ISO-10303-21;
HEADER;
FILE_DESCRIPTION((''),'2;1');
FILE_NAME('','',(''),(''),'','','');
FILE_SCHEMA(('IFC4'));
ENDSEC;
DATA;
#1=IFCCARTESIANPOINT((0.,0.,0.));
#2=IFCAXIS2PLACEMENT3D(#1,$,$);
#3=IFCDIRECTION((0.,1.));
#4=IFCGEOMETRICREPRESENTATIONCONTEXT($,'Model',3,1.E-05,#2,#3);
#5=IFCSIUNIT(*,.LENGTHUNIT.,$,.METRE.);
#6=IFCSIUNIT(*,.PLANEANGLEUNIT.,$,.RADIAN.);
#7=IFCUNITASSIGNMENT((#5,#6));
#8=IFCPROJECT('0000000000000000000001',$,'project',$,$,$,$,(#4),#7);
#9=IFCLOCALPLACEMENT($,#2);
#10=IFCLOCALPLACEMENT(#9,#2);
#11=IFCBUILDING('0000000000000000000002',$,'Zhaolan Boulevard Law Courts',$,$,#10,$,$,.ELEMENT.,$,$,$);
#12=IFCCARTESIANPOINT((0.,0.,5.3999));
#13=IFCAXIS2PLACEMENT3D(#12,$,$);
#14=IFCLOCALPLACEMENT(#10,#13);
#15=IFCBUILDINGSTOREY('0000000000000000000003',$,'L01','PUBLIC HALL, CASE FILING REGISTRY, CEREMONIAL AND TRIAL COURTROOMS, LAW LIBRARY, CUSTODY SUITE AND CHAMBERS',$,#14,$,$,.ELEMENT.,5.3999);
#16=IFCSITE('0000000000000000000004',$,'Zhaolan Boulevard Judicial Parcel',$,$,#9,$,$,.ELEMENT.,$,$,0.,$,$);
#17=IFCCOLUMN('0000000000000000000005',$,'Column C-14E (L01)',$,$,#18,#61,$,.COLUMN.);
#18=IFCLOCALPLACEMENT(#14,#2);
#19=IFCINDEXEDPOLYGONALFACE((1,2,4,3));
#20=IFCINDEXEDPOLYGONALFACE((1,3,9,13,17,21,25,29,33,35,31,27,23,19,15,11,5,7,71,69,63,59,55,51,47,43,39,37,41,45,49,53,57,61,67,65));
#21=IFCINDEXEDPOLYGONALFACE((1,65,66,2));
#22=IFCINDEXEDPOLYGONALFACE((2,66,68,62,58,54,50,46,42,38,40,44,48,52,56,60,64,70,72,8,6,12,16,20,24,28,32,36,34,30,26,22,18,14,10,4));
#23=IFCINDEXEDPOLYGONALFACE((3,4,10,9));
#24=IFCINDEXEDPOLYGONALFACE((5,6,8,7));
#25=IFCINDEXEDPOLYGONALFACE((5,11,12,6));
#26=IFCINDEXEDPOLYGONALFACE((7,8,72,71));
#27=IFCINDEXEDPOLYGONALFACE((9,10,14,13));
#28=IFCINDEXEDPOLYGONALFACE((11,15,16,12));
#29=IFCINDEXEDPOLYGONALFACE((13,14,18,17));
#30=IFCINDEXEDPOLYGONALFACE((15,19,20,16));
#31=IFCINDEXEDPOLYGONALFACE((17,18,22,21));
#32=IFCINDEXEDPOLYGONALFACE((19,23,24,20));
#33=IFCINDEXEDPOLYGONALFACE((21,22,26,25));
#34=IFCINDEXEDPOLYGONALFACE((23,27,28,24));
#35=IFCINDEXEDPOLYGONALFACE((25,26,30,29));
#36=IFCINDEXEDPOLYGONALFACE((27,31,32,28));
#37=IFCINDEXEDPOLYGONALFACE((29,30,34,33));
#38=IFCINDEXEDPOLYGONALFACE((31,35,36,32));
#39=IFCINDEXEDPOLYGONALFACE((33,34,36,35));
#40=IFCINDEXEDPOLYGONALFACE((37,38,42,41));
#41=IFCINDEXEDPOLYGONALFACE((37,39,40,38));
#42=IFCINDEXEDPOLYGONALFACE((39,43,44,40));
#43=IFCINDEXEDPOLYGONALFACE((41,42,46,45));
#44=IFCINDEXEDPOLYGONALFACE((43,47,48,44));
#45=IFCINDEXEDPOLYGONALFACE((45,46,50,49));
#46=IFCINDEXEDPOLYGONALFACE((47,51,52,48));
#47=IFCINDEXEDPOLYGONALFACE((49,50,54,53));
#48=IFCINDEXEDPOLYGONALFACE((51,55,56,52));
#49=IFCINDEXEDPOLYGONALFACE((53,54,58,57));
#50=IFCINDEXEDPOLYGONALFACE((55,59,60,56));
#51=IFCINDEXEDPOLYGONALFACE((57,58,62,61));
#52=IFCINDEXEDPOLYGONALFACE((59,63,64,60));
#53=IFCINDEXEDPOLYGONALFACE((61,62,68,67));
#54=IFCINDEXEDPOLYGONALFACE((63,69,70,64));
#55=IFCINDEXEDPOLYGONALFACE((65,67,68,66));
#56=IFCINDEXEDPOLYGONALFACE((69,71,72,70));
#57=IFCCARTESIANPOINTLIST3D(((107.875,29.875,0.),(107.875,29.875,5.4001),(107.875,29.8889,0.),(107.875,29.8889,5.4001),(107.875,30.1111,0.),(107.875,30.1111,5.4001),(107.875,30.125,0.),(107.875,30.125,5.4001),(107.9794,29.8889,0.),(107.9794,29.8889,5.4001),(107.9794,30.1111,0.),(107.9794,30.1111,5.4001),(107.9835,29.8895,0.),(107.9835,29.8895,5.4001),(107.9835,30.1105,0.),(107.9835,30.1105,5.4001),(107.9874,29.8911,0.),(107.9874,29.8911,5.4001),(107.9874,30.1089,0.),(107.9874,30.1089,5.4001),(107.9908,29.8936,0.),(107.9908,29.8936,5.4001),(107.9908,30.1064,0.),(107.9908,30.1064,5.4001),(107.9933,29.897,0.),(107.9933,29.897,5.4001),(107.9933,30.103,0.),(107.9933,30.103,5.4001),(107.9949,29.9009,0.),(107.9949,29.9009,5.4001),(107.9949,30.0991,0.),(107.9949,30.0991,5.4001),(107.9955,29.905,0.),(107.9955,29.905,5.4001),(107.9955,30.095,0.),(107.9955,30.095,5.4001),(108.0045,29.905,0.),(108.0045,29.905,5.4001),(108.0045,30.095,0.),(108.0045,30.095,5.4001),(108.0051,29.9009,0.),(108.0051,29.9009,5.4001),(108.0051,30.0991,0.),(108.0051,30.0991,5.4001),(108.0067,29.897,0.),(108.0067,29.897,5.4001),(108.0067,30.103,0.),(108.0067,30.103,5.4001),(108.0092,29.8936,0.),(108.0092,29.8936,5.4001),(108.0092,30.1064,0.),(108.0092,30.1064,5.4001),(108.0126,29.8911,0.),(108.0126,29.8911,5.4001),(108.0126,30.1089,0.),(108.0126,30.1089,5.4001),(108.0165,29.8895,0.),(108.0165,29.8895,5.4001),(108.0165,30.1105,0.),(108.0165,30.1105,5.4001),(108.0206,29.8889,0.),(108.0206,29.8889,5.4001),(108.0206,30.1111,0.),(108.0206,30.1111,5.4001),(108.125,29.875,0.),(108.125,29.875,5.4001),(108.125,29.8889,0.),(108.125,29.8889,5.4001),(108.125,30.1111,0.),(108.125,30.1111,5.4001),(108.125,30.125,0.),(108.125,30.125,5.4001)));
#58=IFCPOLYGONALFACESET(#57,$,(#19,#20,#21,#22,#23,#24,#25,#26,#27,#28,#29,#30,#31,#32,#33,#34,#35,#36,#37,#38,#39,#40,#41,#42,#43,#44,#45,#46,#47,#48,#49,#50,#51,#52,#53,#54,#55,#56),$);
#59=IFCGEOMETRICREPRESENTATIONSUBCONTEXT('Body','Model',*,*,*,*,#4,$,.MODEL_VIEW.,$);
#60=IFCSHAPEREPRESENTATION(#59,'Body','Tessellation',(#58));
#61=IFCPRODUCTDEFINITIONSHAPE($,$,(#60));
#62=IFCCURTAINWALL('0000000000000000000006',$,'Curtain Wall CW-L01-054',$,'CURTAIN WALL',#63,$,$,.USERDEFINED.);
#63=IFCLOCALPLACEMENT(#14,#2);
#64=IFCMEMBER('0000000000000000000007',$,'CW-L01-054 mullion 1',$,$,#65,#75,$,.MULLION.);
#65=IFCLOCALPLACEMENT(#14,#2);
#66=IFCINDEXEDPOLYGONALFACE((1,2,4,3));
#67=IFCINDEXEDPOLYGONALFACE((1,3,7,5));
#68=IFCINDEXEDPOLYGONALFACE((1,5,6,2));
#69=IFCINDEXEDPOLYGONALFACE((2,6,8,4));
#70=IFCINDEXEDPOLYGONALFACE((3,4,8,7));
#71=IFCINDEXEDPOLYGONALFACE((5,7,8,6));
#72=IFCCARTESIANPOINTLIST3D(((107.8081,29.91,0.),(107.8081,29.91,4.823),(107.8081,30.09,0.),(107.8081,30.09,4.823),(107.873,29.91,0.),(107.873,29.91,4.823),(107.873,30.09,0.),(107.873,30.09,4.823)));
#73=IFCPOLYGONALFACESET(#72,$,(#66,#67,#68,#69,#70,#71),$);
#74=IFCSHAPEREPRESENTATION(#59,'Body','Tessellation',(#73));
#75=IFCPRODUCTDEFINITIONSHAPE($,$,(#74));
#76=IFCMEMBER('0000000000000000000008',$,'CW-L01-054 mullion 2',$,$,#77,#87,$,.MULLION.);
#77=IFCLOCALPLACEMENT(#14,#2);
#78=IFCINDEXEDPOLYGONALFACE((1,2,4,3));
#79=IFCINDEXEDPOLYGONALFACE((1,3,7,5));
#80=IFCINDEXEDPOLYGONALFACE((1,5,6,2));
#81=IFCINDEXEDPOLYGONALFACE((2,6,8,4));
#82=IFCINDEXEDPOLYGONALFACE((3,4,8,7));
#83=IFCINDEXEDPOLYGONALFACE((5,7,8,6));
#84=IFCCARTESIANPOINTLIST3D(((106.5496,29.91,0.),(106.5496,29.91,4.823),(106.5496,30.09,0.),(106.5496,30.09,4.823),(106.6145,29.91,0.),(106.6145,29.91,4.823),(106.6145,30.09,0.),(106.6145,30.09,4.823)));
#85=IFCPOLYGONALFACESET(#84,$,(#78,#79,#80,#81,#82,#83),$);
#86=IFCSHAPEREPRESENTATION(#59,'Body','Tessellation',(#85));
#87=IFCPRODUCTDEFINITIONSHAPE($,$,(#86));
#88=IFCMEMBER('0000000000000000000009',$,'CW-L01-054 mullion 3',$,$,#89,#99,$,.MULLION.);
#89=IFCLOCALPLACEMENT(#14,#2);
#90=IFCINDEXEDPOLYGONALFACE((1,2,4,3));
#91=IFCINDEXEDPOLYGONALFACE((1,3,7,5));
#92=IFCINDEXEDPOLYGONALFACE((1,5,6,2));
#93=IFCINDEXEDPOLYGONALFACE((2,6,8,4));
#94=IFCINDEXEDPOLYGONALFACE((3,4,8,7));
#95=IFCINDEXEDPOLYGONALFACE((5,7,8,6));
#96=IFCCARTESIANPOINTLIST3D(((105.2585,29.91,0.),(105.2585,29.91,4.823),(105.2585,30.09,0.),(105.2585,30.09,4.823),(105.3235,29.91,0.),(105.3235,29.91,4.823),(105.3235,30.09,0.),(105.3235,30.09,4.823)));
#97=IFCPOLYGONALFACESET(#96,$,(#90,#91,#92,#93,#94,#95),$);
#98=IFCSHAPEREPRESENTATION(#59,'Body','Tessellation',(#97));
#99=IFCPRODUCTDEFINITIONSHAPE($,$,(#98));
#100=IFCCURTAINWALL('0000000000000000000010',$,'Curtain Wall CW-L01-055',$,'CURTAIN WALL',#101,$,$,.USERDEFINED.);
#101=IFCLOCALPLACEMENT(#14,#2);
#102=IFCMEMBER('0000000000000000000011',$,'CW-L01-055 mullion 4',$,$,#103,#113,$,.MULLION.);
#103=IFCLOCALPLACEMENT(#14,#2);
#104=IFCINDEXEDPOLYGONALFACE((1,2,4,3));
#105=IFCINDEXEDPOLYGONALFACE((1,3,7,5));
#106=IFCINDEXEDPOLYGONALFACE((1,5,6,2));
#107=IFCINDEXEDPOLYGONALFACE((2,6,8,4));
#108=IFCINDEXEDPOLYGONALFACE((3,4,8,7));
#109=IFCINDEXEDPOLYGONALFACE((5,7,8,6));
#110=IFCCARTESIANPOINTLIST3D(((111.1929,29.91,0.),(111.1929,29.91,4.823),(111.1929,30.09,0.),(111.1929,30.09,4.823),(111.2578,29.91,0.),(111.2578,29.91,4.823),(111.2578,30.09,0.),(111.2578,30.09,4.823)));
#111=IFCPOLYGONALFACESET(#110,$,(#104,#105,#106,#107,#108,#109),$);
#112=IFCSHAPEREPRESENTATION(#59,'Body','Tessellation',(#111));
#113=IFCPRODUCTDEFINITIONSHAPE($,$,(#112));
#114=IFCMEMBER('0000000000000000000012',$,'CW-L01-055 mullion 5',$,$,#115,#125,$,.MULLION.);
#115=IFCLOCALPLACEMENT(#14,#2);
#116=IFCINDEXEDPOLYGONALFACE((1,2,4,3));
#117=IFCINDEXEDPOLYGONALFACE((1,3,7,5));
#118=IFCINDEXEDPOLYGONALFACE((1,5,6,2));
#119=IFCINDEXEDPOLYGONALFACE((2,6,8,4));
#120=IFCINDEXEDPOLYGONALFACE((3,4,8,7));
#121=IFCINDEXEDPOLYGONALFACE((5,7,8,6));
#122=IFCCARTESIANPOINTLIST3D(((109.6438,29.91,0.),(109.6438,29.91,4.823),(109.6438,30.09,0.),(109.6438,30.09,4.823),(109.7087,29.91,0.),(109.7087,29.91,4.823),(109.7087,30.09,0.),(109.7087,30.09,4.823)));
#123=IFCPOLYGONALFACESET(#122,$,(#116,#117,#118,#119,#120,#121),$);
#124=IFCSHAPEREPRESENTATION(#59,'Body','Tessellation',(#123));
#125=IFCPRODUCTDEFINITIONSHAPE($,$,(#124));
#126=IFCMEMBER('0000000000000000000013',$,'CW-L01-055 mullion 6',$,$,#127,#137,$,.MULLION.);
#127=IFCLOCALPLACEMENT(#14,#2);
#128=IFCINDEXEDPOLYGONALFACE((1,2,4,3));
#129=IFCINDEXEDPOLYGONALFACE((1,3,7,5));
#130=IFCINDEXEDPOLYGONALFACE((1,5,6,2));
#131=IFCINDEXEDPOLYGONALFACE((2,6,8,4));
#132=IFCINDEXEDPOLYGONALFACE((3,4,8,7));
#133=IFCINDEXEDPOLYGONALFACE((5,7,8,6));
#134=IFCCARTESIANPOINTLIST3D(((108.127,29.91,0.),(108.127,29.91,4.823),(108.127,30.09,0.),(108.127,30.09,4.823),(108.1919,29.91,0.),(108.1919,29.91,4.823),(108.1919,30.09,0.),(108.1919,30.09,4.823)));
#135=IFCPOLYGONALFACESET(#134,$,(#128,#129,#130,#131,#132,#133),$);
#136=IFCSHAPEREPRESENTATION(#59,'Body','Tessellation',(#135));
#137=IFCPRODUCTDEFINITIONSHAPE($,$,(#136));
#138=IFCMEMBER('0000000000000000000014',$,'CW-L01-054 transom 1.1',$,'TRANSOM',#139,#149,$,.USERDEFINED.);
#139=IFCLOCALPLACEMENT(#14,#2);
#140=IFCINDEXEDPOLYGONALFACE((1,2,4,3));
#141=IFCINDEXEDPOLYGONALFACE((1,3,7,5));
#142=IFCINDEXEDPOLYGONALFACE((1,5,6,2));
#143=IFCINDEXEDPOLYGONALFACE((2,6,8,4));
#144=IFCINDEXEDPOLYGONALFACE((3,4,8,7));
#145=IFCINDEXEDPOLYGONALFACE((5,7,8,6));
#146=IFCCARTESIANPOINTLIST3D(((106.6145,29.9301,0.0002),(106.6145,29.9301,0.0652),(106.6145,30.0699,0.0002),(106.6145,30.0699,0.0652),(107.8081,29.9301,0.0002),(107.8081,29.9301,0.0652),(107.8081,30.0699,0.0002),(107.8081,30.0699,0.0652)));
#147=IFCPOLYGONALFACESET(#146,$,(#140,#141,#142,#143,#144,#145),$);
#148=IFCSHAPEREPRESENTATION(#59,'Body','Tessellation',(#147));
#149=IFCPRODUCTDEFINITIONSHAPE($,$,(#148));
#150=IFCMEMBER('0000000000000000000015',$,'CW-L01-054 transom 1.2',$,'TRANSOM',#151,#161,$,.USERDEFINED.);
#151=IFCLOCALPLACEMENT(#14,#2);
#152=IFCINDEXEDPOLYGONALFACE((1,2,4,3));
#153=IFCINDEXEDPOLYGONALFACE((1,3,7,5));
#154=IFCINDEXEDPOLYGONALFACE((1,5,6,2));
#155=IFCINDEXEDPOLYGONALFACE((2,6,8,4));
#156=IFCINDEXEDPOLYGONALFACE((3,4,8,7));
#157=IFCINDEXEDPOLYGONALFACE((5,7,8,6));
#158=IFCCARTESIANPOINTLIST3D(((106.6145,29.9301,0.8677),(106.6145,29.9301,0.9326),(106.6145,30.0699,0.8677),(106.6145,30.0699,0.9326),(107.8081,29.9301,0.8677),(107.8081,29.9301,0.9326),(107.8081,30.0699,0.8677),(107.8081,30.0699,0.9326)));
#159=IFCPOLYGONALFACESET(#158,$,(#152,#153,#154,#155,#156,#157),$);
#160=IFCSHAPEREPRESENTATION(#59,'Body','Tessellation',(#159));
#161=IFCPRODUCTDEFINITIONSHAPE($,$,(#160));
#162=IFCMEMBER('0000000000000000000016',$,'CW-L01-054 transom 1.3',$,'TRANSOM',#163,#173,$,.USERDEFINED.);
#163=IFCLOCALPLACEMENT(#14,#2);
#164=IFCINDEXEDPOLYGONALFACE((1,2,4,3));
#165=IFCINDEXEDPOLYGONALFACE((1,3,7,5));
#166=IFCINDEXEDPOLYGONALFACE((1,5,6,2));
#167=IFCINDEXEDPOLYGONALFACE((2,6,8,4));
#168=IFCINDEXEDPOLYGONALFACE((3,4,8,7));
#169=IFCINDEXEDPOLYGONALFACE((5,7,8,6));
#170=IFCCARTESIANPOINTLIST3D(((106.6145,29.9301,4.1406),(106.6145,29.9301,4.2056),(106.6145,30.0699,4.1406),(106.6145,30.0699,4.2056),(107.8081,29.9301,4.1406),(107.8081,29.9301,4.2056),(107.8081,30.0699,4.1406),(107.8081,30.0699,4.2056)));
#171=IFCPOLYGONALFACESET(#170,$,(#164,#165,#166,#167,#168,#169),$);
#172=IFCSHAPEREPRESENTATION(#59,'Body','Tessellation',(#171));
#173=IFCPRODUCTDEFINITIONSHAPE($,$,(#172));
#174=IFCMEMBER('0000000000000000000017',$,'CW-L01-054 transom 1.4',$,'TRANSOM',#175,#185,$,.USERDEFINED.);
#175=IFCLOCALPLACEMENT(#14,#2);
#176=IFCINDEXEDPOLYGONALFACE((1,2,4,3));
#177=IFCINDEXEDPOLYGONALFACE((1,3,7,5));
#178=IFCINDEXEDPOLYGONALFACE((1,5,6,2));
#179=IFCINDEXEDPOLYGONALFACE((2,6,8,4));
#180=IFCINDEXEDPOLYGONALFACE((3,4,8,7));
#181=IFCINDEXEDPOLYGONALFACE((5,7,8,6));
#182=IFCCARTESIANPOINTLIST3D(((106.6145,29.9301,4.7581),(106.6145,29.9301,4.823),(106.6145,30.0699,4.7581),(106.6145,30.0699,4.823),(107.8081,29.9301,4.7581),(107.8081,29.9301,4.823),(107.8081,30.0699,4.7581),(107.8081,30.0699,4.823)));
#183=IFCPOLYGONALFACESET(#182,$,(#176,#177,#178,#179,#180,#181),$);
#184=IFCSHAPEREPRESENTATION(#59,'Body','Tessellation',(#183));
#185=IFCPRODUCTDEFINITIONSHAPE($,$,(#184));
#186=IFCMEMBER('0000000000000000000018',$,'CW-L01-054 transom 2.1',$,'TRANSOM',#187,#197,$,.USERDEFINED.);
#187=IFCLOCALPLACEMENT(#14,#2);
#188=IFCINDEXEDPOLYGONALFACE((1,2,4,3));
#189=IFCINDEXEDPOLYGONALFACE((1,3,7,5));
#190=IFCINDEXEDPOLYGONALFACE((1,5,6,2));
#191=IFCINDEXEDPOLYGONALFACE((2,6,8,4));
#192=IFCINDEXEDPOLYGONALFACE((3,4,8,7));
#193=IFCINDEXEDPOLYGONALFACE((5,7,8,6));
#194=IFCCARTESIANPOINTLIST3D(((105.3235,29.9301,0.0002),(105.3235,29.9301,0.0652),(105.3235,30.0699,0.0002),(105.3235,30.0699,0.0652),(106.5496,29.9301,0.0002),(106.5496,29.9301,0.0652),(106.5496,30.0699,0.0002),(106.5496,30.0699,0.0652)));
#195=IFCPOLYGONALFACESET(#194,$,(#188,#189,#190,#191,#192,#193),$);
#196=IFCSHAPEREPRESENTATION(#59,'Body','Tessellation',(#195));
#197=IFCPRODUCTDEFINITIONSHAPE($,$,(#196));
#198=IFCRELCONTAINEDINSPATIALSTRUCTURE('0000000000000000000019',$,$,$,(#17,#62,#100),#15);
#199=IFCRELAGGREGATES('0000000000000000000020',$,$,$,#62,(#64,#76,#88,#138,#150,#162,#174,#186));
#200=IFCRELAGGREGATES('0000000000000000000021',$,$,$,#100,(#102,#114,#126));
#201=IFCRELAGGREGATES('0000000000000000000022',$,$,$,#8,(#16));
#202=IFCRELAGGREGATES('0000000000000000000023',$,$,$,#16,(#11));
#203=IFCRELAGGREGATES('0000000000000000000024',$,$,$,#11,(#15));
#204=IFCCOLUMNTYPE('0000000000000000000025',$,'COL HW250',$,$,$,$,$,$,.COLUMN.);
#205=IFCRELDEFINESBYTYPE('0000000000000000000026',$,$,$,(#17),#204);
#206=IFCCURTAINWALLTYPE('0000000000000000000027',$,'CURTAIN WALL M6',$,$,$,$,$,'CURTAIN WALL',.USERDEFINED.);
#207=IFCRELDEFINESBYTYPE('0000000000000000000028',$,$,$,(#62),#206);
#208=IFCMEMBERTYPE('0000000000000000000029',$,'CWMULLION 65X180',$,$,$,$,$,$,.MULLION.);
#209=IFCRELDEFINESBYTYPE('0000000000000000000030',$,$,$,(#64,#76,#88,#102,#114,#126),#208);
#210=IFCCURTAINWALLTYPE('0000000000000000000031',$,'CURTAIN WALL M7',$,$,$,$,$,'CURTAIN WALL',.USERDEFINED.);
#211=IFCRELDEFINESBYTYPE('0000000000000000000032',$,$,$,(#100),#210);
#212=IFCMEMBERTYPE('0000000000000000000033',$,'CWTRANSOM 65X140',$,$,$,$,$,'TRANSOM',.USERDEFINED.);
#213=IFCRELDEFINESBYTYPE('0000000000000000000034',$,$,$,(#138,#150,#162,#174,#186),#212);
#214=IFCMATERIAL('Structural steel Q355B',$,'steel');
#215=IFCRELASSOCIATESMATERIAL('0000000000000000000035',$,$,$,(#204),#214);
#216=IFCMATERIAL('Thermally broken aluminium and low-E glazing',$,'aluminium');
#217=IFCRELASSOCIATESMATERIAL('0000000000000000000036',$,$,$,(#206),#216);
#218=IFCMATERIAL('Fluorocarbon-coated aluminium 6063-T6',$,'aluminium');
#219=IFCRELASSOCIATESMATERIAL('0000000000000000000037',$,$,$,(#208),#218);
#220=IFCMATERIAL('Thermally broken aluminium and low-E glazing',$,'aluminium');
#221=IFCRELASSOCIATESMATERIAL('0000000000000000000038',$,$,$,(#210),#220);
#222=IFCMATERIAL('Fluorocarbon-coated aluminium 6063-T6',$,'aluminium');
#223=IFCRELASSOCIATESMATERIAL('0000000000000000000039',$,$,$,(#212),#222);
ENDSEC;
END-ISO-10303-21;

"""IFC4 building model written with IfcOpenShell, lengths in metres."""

from ifc_helpers import new_model, si_unit, direction, frame, origin, origin_2d, place, context, subcontext, project, spatial, rectangle, i_section, extrude, material, material_profile, profile_set, type_object, element, aggregate, save


model = new_model("IFC4")

# Units and contexts
model_context = context("Model", 3, precision=1e-05, world=origin(), true_north=direction((0.0, 1.0)))
body_context = subcontext(model_context, "Body", "Model", "MODEL_VIEW")
ifc_project = project(units=[si_unit("LENGTHUNIT", "METRE"), si_unit("PLANEANGLEUNIT", "RADIAN")], contexts=[model_context])

# Site, building, storey
site_placement = place(None, origin())
site = spatial("IfcSite", under=ifc_project, at=site_placement, Name="Zhaolan Boulevard Judicial Parcel", CompositionType="ELEMENT", RefElevation=0.0)
building_placement = place(site_placement, origin())
building = spatial("IfcBuilding", under=site, at=building_placement, Name="Zhaolan Boulevard Law Courts", CompositionType="ELEMENT")
storey_placement = place(building_placement, frame((0.0, 0.0, 5.3999)))
storey = spatial("IfcBuildingStorey", under=building, at=storey_placement, Name="L01", Description="PUBLIC HALL, CASE FILING REGISTRY, CEREMONIAL AND TRIAL COURTROOMS, LAW LIBRARY, CUSTODY SUITE AND CHAMBERS", CompositionType="ELEMENT", Elevation=5.3999)

# Column
ifc_material_1 = material(Name="Structural steel Q355B", Category="steel")
ifc_material_profile_1 = material_profile(ifc_material_1, i_section(OverallWidth=0.25, OverallDepth=0.25, WebThickness=0.009, FlangeThickness=0.0139, FilletRadius=0.0161, at=origin_2d()), Name="HW250x250")
ifc_profile_set_1 = profile_set([ifc_material_profile_1], Name="Structural steel Q355B")
column_type = type_object("IfcColumnType", Name="COL HW250", PredefinedType="COLUMN", material=ifc_profile_set_1)
column_placement = place(storey_placement, frame((108.0, 30.0, 0.0), z_axis=(0.0, 0.0, 1.0), x_axis=(1.0, 0.0, 0.0)))
element("IfcColumn", 1, at=column_placement, inside=storey, type_object=column_type, Name="Column C-14E (L01)", PredefinedType="COLUMN", context=body_context, shape_type="SweptSolid", body=[
    extrude(i_section(OverallWidth=0.25, OverallDepth=0.25, WebThickness=0.009, FlangeThickness=0.0139, FilletRadius=0.0161, at=origin_2d()), origin(), (0.0, 0.0, 1.0), 5.4001),
])

# Curtain walls, members
ifc_material_2 = material(Name="Thermally broken aluminium and low-E glazing", Category="aluminium")
curtain_wall_type_1 = type_object("IfcCurtainWallType", Name="CURTAIN WALL M6", ElementType="CURTAIN WALL", PredefinedType="USERDEFINED", material=ifc_material_2)
curtain_wall_1_placement = place(storey_placement, origin())
curtain_wall_1 = element("IfcCurtainWall", 2, at=curtain_wall_1_placement, inside=storey, type_object=curtain_wall_type_1, Name="Curtain Wall CW-L01-054", ObjectType="CURTAIN WALL", PredefinedType="USERDEFINED")
ifc_material_3 = material(Name="Fluorocarbon-coated aluminium 6063-T6", Category="aluminium")
ifc_material_profile_2 = material_profile(ifc_material_3, rectangle(XDim=0.1799, YDim=0.0649, at=origin_2d()), Name="AL65x180")
ifc_profile_set_2 = profile_set([ifc_material_profile_2], Name="Fluorocarbon-coated aluminium 6063-T6")
member_type_1 = type_object("IfcMemberType", Name="CWMULLION 65X180", PredefinedType="MULLION", material=ifc_profile_set_2)
member_1_placement = place(storey_placement, frame((107.8406, 30.0, 0.0), z_axis=(0.0, 0.0, 1.0), x_axis=(0.0, -1.0, 0.0)))
member_1 = element("IfcMember", 3, at=member_1_placement, type_object=member_type_1, Name="CW-L01-054 mullion 1", PredefinedType="MULLION", context=body_context, shape_type="SweptSolid", body=[
    extrude(rectangle(XDim=0.1799, YDim=0.0649, at=origin_2d()), origin(), (0.0, 0.0, 1.0), 4.823),
])
member_2_placement = place(storey_placement, frame((106.582, 30.0, 0.0), z_axis=(0.0, 0.0, 1.0), x_axis=(0.0, -1.0, 0.0)))
member_2 = element("IfcMember", 4, at=member_2_placement, type_object=member_type_1, Name="CW-L01-054 mullion 2", PredefinedType="MULLION", context=body_context, shape_type="SweptSolid", body=[
    extrude(rectangle(XDim=0.1799, YDim=0.0649, at=origin_2d()), origin(), (0.0, 0.0, 1.0), 4.823),
])
member_3_placement = place(storey_placement, frame((105.291, 30.0, 0.0), z_axis=(0.0, 0.0, 1.0), x_axis=(0.0, -1.0, 0.0)))
member_3 = element("IfcMember", 5, at=member_3_placement, type_object=member_type_1, Name="CW-L01-054 mullion 3", PredefinedType="MULLION", context=body_context, shape_type="SweptSolid", body=[
    extrude(rectangle(XDim=0.1799, YDim=0.0649, at=origin_2d()), origin(), (0.0, 0.0, 1.0), 4.823),
])
ifc_material_4 = material(Name="Thermally broken aluminium and low-E glazing", Category="aluminium")
curtain_wall_type_2 = type_object("IfcCurtainWallType", Name="CURTAIN WALL M7", ElementType="CURTAIN WALL", PredefinedType="USERDEFINED", material=ifc_material_4)
curtain_wall_2_placement = place(storey_placement, origin())
curtain_wall_2 = element("IfcCurtainWall", 6, at=curtain_wall_2_placement, inside=storey, type_object=curtain_wall_type_2, Name="Curtain Wall CW-L01-055", ObjectType="CURTAIN WALL", PredefinedType="USERDEFINED")
member_4_placement = place(storey_placement, frame((111.2253, 30.0, 0.0), z_axis=(0.0, 0.0, 1.0), x_axis=(0.0, -1.0, 0.0)))
member_4 = element("IfcMember", 7, at=member_4_placement, type_object=member_type_1, Name="CW-L01-055 mullion 4", PredefinedType="MULLION", context=body_context, shape_type="SweptSolid", body=[
    extrude(rectangle(XDim=0.1799, YDim=0.0649, at=origin_2d()), origin(), (0.0, 0.0, 1.0), 4.823),
])
member_5_placement = place(storey_placement, frame((109.6763, 30.0, 0.0), z_axis=(0.0, 0.0, 1.0), x_axis=(0.0, -1.0, 0.0)))
member_5 = element("IfcMember", 8, at=member_5_placement, type_object=member_type_1, Name="CW-L01-055 mullion 5", PredefinedType="MULLION", context=body_context, shape_type="SweptSolid", body=[
    extrude(rectangle(XDim=0.1799, YDim=0.0649, at=origin_2d()), origin(), (0.0, 0.0, 1.0), 4.823),
])
member_6_placement = place(storey_placement, frame((108.1594, 30.0, 0.0), z_axis=(0.0, 0.0, 1.0), x_axis=(0.0, -1.0, 0.0)))
member_6 = element("IfcMember", 9, at=member_6_placement, type_object=member_type_1, Name="CW-L01-055 mullion 6", PredefinedType="MULLION", context=body_context, shape_type="SweptSolid", body=[
    extrude(rectangle(XDim=0.1799, YDim=0.0649, at=origin_2d()), origin(), (0.0, 0.0, 1.0), 4.823),
])

# Members
ifc_material_5 = material(Name="Fluorocarbon-coated aluminium 6063-T6", Category="aluminium")
ifc_material_profile_3 = material_profile(ifc_material_5, rectangle(XDim=0.1399, YDim=0.0649, at=origin_2d()), Name="AL65x140")
ifc_profile_set_3 = profile_set([ifc_material_profile_3], Name="Fluorocarbon-coated aluminium 6063-T6")
member_type_2 = type_object("IfcMemberType", Name="CWTRANSOM 65X140", ElementType="TRANSOM", PredefinedType="USERDEFINED", material=ifc_profile_set_3)
member_7_placement = place(storey_placement, frame((107.8081, 30.0, 0.0327), z_axis=(-1.0, 0.0, 0.0), x_axis=(0.0, -1.0, 0.0)))
member_7 = element("IfcMember", 10, at=member_7_placement, type_object=member_type_2, Name="CW-L01-054 transom 1.1", ObjectType="TRANSOM", PredefinedType="USERDEFINED", context=body_context, shape_type="SweptSolid", body=[
    extrude(rectangle(XDim=0.1399, YDim=0.0649, at=origin_2d()), origin(), (0.0, 0.0, 1.0), 1.1936),
])
member_8_placement = place(storey_placement, frame((107.8081, 30.0, 0.9001), z_axis=(-1.0, 0.0, 0.0), x_axis=(0.0, -1.0, 0.0)))
member_8 = element("IfcMember", 11, at=member_8_placement, type_object=member_type_2, Name="CW-L01-054 transom 1.2", ObjectType="TRANSOM", PredefinedType="USERDEFINED", context=body_context, shape_type="SweptSolid", body=[
    extrude(rectangle(XDim=0.1399, YDim=0.0649, at=origin_2d()), origin(), (0.0, 0.0, 1.0), 1.1936),
])
member_9_placement = place(storey_placement, frame((107.8081, 30.0, 4.1731), z_axis=(-1.0, 0.0, 0.0), x_axis=(0.0, -1.0, 0.0)))
member_9 = element("IfcMember", 12, at=member_9_placement, type_object=member_type_2, Name="CW-L01-054 transom 1.3", ObjectType="TRANSOM", PredefinedType="USERDEFINED", context=body_context, shape_type="SweptSolid", body=[
    extrude(rectangle(XDim=0.1399, YDim=0.0649, at=origin_2d()), origin(), (0.0, 0.0, 1.0), 1.1936),
])
member_10_placement = place(storey_placement, frame((107.8081, 30.0, 4.7905), z_axis=(-1.0, 0.0, 0.0), x_axis=(0.0, -1.0, 0.0)))
member_10 = element("IfcMember", 13, at=member_10_placement, type_object=member_type_2, Name="CW-L01-054 transom 1.4", ObjectType="TRANSOM", PredefinedType="USERDEFINED", context=body_context, shape_type="SweptSolid", body=[
    extrude(rectangle(XDim=0.1399, YDim=0.0649, at=origin_2d()), origin(), (0.0, 0.0, 1.0), 1.1936),
])
member_11_placement = place(storey_placement, frame((106.5496, 30.0, 0.0327), z_axis=(-1.0, 0.0, 0.0), x_axis=(0.0, -1.0, 0.0)))
member_11 = element("IfcMember", 14, at=member_11_placement, type_object=member_type_2, Name="CW-L01-054 transom 2.1", ObjectType="TRANSOM", PredefinedType="USERDEFINED", context=body_context, shape_type="SweptSolid", body=[
    extrude(rectangle(XDim=0.1399, YDim=0.0649, at=origin_2d()), origin(), (0.0, 0.0, 1.0), 1.2261),
])

aggregate(curtain_wall_1, [member_1, member_2, member_3, member_7, member_8, member_9, member_10, member_11])
aggregate(curtain_wall_2, [member_4, member_5, member_6])

save(model, "model.ifc")
